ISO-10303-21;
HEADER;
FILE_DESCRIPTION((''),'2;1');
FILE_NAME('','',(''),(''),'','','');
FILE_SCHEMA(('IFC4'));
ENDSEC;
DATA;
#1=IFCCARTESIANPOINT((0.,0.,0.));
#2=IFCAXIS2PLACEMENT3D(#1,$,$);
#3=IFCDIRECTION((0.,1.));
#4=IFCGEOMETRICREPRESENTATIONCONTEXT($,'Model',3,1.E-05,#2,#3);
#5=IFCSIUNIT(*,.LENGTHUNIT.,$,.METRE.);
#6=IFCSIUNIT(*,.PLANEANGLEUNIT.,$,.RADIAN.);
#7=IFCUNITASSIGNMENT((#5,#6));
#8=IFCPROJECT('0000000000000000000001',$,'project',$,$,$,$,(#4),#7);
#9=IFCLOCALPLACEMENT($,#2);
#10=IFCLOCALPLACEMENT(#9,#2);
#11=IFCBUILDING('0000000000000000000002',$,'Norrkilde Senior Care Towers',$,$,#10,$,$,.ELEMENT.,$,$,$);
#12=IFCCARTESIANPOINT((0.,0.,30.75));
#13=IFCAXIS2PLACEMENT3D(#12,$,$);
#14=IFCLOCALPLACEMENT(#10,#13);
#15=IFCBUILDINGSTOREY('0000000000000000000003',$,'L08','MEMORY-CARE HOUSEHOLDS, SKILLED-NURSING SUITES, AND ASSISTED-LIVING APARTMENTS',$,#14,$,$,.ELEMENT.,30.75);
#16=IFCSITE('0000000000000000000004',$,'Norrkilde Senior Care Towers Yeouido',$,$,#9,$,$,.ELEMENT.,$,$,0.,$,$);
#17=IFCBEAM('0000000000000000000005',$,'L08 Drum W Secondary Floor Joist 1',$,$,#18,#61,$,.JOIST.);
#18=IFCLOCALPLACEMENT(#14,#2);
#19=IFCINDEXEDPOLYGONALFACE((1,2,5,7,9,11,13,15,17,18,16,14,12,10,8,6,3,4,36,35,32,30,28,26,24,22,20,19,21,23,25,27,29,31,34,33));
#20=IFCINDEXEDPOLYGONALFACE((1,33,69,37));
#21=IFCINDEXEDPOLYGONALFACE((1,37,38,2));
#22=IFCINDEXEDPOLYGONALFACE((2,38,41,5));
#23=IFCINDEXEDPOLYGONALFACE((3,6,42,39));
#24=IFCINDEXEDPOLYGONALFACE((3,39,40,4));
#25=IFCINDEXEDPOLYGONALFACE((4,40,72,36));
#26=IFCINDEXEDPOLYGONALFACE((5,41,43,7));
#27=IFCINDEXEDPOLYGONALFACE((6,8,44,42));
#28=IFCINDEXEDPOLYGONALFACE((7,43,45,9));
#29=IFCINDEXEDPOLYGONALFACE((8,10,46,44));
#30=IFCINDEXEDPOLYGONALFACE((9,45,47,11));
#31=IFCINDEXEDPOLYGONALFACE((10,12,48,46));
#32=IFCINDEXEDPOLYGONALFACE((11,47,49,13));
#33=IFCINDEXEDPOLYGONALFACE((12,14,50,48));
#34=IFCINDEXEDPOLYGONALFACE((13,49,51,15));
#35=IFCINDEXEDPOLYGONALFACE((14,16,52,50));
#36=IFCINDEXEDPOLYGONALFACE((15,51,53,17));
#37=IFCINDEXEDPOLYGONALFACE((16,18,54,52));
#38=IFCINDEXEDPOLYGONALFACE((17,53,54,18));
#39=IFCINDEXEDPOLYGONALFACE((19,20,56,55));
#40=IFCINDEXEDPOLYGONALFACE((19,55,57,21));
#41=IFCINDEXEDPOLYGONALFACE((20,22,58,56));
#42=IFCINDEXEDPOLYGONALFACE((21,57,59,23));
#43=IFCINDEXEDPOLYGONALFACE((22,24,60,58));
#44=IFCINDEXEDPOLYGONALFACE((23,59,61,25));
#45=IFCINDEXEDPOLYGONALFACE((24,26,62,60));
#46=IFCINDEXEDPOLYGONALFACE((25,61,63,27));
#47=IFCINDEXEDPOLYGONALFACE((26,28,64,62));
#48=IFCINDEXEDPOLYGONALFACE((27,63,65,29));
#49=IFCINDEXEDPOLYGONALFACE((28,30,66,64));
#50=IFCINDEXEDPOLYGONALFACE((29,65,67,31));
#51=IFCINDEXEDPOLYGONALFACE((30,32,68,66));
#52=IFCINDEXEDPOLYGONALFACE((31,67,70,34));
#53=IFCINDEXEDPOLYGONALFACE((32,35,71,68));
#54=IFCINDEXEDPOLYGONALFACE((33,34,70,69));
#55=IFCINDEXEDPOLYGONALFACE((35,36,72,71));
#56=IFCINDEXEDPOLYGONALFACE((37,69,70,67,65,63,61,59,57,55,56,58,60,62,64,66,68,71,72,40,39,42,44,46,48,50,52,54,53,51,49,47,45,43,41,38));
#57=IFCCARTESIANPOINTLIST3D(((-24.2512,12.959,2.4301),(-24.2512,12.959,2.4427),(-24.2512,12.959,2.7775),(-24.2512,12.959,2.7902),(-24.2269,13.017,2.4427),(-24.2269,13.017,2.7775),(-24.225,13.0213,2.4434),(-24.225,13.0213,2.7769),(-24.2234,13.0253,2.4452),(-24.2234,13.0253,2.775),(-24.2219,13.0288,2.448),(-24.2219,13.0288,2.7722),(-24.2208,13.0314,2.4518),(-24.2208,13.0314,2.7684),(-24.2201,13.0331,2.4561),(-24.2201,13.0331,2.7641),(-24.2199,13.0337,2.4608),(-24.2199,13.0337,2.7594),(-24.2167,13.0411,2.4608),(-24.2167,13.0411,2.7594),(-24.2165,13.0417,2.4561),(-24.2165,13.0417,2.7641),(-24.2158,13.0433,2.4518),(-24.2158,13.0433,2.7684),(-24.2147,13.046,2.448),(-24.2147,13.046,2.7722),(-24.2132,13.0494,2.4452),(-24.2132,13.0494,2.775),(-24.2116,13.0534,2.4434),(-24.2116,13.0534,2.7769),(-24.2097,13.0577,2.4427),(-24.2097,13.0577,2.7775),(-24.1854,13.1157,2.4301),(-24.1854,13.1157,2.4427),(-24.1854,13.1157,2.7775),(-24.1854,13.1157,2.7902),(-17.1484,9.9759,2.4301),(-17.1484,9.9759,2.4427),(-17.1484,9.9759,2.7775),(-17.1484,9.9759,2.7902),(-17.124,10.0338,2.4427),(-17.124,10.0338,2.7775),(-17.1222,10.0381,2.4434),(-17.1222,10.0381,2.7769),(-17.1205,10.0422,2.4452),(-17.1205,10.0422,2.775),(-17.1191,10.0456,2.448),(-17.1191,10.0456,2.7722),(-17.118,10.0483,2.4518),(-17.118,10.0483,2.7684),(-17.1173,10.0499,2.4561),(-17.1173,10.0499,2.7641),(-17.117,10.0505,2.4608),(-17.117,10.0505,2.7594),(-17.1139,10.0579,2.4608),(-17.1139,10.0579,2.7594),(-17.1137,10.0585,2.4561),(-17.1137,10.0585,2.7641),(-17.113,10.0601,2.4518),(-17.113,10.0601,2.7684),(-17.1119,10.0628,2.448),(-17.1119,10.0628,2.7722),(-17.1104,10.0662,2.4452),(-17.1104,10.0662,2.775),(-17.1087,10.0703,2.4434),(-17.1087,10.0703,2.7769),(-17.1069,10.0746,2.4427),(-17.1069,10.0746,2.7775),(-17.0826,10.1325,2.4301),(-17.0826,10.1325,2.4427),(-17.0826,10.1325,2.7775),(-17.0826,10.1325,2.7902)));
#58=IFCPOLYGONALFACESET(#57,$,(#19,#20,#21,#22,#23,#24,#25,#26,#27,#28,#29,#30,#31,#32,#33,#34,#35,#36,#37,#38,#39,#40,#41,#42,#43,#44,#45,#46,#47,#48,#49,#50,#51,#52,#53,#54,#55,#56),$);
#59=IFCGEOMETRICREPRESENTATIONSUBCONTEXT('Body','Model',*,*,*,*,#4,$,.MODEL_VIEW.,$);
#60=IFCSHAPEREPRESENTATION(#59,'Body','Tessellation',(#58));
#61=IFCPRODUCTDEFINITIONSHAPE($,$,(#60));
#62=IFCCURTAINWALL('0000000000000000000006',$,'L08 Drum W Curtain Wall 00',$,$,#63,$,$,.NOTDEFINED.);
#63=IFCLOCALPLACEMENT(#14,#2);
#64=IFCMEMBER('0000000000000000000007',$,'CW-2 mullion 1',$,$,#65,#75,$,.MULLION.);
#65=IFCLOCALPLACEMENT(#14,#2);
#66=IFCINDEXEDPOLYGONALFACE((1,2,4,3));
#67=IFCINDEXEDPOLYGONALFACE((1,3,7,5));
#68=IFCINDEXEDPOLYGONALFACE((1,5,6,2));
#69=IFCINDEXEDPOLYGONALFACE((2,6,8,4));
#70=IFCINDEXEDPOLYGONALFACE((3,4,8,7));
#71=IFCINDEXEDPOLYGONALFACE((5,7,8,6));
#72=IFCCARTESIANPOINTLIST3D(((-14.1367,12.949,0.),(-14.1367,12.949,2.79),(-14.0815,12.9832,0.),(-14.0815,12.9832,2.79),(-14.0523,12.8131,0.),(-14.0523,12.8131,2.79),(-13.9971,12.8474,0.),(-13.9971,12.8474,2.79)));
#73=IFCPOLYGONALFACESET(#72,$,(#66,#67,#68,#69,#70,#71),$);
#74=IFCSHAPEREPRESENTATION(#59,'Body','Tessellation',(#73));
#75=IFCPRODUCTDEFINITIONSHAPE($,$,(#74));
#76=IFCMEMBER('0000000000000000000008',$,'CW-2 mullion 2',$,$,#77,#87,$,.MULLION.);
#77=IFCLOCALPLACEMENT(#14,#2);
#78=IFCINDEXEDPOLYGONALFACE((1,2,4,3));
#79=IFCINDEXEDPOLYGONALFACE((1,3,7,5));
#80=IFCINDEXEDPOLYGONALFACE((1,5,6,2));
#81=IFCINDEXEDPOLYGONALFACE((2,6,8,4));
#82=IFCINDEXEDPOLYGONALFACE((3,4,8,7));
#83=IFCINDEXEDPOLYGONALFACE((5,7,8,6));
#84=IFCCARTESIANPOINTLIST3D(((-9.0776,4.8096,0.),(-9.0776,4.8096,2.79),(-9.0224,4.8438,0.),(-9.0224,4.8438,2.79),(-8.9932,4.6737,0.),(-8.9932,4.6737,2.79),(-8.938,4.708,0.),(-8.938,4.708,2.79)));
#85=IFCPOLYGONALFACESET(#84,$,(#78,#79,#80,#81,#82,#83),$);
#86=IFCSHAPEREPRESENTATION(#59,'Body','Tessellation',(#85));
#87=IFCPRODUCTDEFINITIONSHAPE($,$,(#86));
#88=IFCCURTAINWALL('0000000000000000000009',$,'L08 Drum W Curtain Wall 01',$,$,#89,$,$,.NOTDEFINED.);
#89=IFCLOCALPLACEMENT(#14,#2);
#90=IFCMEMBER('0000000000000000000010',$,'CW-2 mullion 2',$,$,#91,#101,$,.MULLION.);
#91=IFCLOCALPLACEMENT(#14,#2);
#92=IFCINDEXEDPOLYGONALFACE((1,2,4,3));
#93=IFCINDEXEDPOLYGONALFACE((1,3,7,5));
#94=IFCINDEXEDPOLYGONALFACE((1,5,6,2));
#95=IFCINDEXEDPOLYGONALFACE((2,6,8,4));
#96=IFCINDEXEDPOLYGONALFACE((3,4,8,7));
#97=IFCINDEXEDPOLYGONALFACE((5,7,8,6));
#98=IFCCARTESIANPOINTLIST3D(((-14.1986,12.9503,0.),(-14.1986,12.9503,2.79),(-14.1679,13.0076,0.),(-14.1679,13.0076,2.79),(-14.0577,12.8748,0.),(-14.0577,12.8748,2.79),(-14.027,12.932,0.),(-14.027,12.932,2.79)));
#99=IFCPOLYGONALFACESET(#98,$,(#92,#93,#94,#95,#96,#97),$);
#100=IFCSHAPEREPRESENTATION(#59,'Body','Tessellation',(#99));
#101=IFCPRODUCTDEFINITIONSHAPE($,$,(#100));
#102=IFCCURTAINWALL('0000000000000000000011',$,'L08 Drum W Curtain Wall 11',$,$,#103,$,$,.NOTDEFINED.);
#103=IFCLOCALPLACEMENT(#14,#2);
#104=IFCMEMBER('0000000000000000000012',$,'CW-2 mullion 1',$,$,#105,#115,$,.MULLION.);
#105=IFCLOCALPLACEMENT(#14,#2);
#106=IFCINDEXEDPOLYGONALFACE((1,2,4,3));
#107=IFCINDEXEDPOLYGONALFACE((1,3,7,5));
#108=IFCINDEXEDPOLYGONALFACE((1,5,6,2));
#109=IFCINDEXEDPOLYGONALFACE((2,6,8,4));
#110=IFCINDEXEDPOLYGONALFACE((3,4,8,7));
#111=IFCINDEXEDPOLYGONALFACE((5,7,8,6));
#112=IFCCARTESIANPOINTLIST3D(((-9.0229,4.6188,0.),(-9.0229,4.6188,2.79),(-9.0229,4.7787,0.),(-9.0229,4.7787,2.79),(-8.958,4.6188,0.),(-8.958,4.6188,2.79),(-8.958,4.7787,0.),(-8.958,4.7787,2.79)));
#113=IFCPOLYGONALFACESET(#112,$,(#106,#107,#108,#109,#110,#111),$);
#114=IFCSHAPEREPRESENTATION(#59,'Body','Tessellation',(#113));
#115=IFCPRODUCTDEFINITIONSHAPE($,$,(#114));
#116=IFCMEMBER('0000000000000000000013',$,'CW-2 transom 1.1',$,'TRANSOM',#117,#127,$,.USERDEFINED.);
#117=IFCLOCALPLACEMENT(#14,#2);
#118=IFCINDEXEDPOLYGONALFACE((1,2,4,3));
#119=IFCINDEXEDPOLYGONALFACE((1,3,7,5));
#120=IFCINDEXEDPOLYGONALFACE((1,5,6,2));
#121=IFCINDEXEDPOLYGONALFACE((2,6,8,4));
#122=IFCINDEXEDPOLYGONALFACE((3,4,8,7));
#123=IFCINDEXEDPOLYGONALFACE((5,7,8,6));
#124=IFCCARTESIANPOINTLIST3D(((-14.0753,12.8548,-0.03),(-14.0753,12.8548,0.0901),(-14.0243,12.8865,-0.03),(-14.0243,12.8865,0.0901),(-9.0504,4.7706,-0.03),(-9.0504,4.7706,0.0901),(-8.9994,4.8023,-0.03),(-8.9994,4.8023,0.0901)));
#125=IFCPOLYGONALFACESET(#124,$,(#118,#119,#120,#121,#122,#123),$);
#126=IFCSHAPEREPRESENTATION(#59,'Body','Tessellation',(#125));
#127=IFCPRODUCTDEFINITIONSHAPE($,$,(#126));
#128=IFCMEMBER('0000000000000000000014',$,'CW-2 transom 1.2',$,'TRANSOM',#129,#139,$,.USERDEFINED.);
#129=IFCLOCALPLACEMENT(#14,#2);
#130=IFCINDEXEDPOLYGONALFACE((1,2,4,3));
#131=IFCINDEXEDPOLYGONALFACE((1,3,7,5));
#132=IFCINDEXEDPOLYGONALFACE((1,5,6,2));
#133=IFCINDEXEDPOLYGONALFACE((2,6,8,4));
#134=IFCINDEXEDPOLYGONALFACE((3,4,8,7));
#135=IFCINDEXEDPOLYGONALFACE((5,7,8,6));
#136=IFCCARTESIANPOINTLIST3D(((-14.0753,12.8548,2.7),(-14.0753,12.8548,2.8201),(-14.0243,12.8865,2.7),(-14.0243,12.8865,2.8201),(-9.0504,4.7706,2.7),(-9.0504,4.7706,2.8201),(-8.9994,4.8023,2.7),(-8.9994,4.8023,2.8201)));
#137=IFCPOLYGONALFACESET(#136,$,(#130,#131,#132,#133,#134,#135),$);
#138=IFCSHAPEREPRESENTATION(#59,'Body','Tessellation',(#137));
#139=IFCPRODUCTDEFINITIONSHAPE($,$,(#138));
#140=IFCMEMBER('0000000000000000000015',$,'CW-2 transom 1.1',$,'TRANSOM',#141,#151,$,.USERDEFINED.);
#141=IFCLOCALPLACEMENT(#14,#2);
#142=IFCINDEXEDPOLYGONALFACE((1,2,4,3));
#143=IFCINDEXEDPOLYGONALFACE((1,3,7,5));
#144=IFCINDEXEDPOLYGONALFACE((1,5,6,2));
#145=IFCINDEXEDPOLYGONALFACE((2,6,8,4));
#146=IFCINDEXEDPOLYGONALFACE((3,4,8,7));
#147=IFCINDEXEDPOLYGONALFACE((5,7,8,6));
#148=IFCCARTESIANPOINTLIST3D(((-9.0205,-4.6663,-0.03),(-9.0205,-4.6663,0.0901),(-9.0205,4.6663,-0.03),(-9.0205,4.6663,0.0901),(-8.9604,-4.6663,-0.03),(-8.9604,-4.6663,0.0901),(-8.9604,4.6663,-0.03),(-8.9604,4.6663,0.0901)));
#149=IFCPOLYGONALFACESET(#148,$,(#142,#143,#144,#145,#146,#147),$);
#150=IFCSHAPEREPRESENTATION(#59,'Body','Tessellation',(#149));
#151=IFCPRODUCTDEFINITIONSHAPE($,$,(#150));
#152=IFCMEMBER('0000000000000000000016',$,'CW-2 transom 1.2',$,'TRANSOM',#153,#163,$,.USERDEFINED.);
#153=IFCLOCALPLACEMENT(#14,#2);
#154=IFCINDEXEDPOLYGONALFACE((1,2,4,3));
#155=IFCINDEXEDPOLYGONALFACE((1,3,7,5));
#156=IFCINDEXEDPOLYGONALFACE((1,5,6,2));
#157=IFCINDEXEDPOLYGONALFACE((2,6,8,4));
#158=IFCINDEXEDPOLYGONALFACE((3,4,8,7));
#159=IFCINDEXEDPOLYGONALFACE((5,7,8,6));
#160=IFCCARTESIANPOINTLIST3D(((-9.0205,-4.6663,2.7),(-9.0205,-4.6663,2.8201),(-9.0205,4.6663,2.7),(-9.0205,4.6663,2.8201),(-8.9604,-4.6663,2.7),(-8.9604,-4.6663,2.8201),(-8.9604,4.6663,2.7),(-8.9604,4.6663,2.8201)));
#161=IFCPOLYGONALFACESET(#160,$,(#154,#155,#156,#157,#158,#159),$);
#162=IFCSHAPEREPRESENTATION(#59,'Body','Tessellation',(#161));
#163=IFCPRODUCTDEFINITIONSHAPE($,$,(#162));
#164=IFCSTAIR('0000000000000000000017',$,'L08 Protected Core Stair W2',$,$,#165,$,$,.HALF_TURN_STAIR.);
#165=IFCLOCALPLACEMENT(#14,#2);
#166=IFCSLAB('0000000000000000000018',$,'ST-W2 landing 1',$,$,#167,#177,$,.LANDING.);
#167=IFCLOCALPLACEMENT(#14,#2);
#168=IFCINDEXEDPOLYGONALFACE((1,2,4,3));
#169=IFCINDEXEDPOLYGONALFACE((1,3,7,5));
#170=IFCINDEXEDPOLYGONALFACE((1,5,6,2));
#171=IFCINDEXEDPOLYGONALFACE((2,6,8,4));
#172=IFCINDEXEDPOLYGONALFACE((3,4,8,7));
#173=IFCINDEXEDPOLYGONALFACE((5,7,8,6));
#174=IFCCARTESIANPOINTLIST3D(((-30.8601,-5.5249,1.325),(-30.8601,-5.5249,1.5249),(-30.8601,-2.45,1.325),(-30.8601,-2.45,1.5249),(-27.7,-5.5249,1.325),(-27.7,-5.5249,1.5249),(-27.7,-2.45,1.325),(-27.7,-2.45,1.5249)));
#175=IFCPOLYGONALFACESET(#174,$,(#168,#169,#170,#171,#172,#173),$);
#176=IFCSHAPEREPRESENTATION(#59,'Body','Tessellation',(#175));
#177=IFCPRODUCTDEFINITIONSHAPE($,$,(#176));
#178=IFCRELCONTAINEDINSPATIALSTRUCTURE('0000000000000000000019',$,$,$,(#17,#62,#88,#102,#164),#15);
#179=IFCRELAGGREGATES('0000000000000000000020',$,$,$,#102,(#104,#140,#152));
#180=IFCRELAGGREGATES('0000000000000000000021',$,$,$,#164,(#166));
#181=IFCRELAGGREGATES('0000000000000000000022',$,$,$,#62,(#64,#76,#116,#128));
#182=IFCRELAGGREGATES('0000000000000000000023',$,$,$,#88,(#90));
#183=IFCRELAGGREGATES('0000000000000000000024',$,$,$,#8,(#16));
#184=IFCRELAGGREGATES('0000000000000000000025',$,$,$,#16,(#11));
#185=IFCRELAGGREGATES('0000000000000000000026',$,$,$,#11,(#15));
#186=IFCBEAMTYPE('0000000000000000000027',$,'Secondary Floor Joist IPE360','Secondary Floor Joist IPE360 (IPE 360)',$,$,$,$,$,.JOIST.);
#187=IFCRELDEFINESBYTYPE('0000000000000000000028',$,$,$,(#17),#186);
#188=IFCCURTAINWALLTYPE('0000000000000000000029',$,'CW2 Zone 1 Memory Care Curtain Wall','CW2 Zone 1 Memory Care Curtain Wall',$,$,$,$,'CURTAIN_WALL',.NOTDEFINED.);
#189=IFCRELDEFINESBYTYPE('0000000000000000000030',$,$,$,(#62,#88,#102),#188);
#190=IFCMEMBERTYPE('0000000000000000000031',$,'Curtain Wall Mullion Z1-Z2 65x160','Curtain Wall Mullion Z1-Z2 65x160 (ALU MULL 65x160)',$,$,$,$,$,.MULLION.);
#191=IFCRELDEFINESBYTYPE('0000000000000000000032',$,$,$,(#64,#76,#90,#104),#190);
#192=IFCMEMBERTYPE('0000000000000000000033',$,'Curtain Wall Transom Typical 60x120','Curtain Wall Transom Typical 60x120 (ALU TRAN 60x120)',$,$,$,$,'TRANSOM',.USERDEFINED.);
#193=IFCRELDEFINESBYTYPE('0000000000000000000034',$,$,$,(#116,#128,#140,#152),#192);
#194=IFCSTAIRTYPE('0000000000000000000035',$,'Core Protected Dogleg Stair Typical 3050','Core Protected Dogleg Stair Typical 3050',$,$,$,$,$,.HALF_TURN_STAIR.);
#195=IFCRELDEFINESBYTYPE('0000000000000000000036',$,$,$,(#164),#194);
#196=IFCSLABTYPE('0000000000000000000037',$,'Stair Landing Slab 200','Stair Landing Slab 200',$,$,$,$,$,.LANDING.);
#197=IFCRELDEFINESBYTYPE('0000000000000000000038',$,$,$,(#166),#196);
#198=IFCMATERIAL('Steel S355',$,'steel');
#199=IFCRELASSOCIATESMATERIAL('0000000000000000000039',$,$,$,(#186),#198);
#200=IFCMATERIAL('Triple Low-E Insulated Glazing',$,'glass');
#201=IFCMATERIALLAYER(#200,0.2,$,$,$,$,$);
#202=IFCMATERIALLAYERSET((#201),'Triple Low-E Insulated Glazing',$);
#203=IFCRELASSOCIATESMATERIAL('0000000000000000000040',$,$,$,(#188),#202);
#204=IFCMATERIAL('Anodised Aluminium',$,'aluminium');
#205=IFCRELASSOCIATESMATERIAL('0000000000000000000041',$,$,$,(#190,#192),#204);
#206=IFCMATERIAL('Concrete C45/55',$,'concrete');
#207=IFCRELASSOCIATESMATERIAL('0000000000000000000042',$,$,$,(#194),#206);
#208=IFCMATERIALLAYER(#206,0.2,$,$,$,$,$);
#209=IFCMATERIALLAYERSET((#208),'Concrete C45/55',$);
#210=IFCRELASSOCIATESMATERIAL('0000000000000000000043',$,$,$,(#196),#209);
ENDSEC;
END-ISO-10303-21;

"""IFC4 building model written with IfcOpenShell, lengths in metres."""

from ifc_helpers import new_model, si_unit, direction, frame, origin, origin_2d, place, context, subcontext, project, spatial, polyline, rectangle, i_section, outline, extrude, source, transform, mapped, material, layer, layer_set, material_profile, profile_set, type_object, type_shapes, element, aggregate, save


model = new_model("IFC4")

# Units and contexts
model_context = context("Model", 3, precision=1e-05, world=origin(), true_north=direction((0.0, 1.0)))
body_context = subcontext(model_context, "Body", "Model", "MODEL_VIEW")
ifc_project = project(units=[si_unit("LENGTHUNIT", "METRE"), si_unit("PLANEANGLEUNIT", "RADIAN")], contexts=[model_context])

# Site, building, storey
site_placement = place(None, origin())
site = spatial("IfcSite", under=ifc_project, at=site_placement, Name="Norrkilde Senior Care Towers Yeouido", CompositionType="ELEMENT", RefElevation=0.0)
building_placement = place(site_placement, origin())
building = spatial("IfcBuilding", under=site, at=building_placement, Name="Norrkilde Senior Care Towers", CompositionType="ELEMENT")
storey_placement = place(building_placement, frame((0.0, 0.0, 30.75)))
storey = spatial("IfcBuildingStorey", under=building, at=storey_placement, Name="L08", Description="MEMORY-CARE HOUSEHOLDS, SKILLED-NURSING SUITES, AND ASSISTED-LIVING APARTMENTS", CompositionType="ELEMENT", Elevation=30.75)

# Beam
ifc_material_1 = material(Name="Steel S355", Category="steel")
ifc_material_profile_1 = material_profile(ifc_material_1, i_section(OverallWidth=0.1699, OverallDepth=0.3601, WebThickness=0.0081, FlangeThickness=0.0127, FilletRadius=0.0181, at=origin_2d()), Name="IPE 360")
ifc_profile_set_1 = profile_set([ifc_material_profile_1], Name="Steel S355")
beam_type_1 = type_object("IfcBeamType", Name="Secondary Floor Joist IPE360", Description="Secondary Floor Joist IPE360 (IPE 360)", PredefinedType="JOIST", material=ifc_profile_set_1)
shared_shape_1 = source(origin(), body_context, "Body", "SweptSolid", [
    extrude(i_section(OverallWidth=0.1699, OverallDepth=0.3601, WebThickness=0.0081, FlangeThickness=0.0127, FilletRadius=0.0181, at=origin_2d()), origin(), (0.0, 0.0, 1.0), 7.7039),
])
type_shapes(beam_type_1, [shared_shape_1])
beam_1_placement = place(storey_placement, frame((-17.1155, 10.0542, 2.6101), z_axis=(-0.921983, 0.387231, 0.0), x_axis=(-0.387231, -0.921983, 0.0)))
element("IfcBeam", 1, at=beam_1_placement, inside=storey, type_object=beam_type_1, Name="L08 Drum W Secondary Floor Joist 1", PredefinedType="JOIST", context=body_context, shape_type="MappedRepresentation", body=[
    mapped(shared_shape_1, transform((0.0, 0.0, 0.0), x_axis=(1.0, 0.0, 0.0), y_axis=(0.0, 1.0, 0.0), z_axis=(0.0, 0.0, 1.0), scale=1.0)),
])

# Curtain wall, members
ifc_material_2 = material(Name="Triple Low-E Insulated Glazing", Category="glass")
ifc_layer_1 = layer(ifc_material_2, 0.2)
ifc_layer_set_1 = layer_set([ifc_layer_1], Name="Triple Low-E Insulated Glazing")
curtain_wall_type = type_object("IfcCurtainWallType", Name="CW2 Zone 1 Memory Care Curtain Wall", Description="CW2 Zone 1 Memory Care Curtain Wall", ElementType="CURTAIN_WALL", PredefinedType="NOTDEFINED", material=ifc_layer_set_1)
curtain_wall_1_placement = place(storey_placement, origin())
curtain_wall_1 = element("IfcCurtainWall", 2, at=curtain_wall_1_placement, inside=storey, type_object=curtain_wall_type, Name="L08 Drum W Curtain Wall 00", PredefinedType="NOTDEFINED")
ifc_material_3 = material(Name="Anodised Aluminium", Category="aluminium")
ifc_material_profile_2 = material_profile(ifc_material_3, rectangle(XDim=0.0649, YDim=0.1599, at=origin_2d()), Name="ALU MULL 65x160")
ifc_profile_set_2 = profile_set([ifc_material_profile_2], Name="Anodised Aluminium")
member_type_1 = type_object("IfcMemberType", Name="Curtain Wall Mullion Z1-Z2 65x160", Description="Curtain Wall Mullion Z1-Z2 65x160 (ALU MULL 65x160)", PredefinedType="MULLION", material=ifc_profile_set_2)
shared_shape_2 = source(origin(), body_context, "Body", "SweptSolid", [
    extrude(rectangle(XDim=0.0649, YDim=0.1599, at=origin_2d()), origin(), (0.0, 0.0, 1.0), 2.79),
])
type_shapes(member_type_1, [shared_shape_2])
member_1_placement = place(storey_placement, frame((-14.0669, 12.8982, 0.0), z_axis=(0.0, 0.0, 1.0), x_axis=(0.849306, 0.527901, 0.0)))
member_1 = element("IfcMember", 3, at=member_1_placement, type_object=member_type_1, Name="CW-2 mullion 1", PredefinedType="MULLION", context=body_context, shape_type="MappedRepresentation", body=[
    mapped(shared_shape_2, transform((0.0, 0.0, 0.0), x_axis=(1.0, 0.0, 0.0), y_axis=(0.0, 1.0, 0.0), z_axis=(0.0, 0.0, 1.0), scale=1.0)),
])
member_2_placement = place(storey_placement, frame((-9.0078, 4.7588, 0.0), z_axis=(0.0, 0.0, 1.0), x_axis=(0.849306, 0.527901, 0.0)))
member_2 = element("IfcMember", 4, at=member_2_placement, type_object=member_type_1, Name="CW-2 mullion 2", PredefinedType="MULLION", context=body_context, shape_type="MappedRepresentation", body=[
    mapped(shared_shape_2, transform((0.0, 0.0, 0.0), x_axis=(1.0, 0.0, 0.0), y_axis=(0.0, 1.0, 0.0), z_axis=(0.0, 0.0, 1.0), scale=1.0)),
])

# Curtain walls, members
curtain_wall_2_placement = place(storey_placement, origin())
curtain_wall_2 = element("IfcCurtainWall", 5, at=curtain_wall_2_placement, inside=storey, type_object=curtain_wall_type, Name="L08 Drum W Curtain Wall 01", PredefinedType="NOTDEFINED")
member_3_placement = place(storey_placement, frame((-14.1128, 12.9412, 0.0), z_axis=(0.0, 0.0, 1.0), x_axis=(0.472608, 0.881273, 0.0)))
member_3 = element("IfcMember", 6, at=member_3_placement, type_object=member_type_1, Name="CW-2 mullion 2", PredefinedType="MULLION", context=body_context, shape_type="MappedRepresentation", body=[
    mapped(shared_shape_2, transform((0.0, 0.0, 0.0), x_axis=(1.0, 0.0, 0.0), y_axis=(0.0, 1.0, 0.0), z_axis=(0.0, 0.0, 1.0), scale=1.0)),
])
curtain_wall_3_placement = place(storey_placement, origin())
curtain_wall_3 = element("IfcCurtainWall", 7, at=curtain_wall_3_placement, inside=storey, type_object=curtain_wall_type, Name="L08 Drum W Curtain Wall 11", PredefinedType="NOTDEFINED")
member_4_placement = place(storey_placement, frame((-8.9905, 4.6987, 0.0), z_axis=(0.0, 0.0, 1.0), x_axis=(1.0, 0.0, 0.0)))
member_4 = element("IfcMember", 8, at=member_4_placement, type_object=member_type_1, Name="CW-2 mullion 1", PredefinedType="MULLION", context=body_context, shape_type="MappedRepresentation", body=[
    mapped(shared_shape_2, transform((0.0, 0.0, 0.0), x_axis=(1.0, 0.0, 0.0), y_axis=(0.0, 1.0, 0.0), z_axis=(0.0, 0.0, 1.0), scale=1.0)),
])

# Members
ifc_material_profile_3 = material_profile(ifc_material_3, rectangle(XDim=0.0601, YDim=0.1201, at=origin_2d()), Name="ALU TRAN 60x120")
ifc_profile_set_3 = profile_set([ifc_material_profile_3], Name="Anodised Aluminium")
member_type_2 = type_object("IfcMemberType", Name="Curtain Wall Transom Typical 60x120", Description="Curtain Wall Transom Typical 60x120 (ALU TRAN 60x120)", ElementType="TRANSOM", PredefinedType="USERDEFINED", material=ifc_profile_set_3)
shared_shape_3 = source(origin(), body_context, "Body", "SweptSolid", [
    extrude(rectangle(XDim=0.0601, YDim=0.1201, at=origin_2d()), origin(), (0.0, 0.0, 1.0), 9.5186),
])
member_5_placement = place(storey_placement, frame((-14.0498, 12.8706, 0.03), z_axis=(0.527902, -0.849306, 0.0), x_axis=(0.849306, 0.527902, 0.0)))
member_5 = element("IfcMember", 9, at=member_5_placement, type_object=member_type_2, Name="CW-2 transom 1.1", ObjectType="TRANSOM", PredefinedType="USERDEFINED", context=body_context, shape_type="MappedRepresentation", body=[
    mapped(shared_shape_3, transform((0.0, 0.0, 0.0), x_axis=(1.0, 0.0, 0.0), y_axis=(0.0, 1.0, 0.0), z_axis=(0.0, 0.0, 1.0), scale=1.0)),
])
member_6_placement = place(storey_placement, frame((-14.0498, 12.8706, 2.76), z_axis=(0.527902, -0.849306, 0.0), x_axis=(0.849306, 0.527902, 0.0)))
member_6 = element("IfcMember", 10, at=member_6_placement, type_object=member_type_2, Name="CW-2 transom 1.2", ObjectType="TRANSOM", PredefinedType="USERDEFINED", context=body_context, shape_type="MappedRepresentation", body=[
    mapped(shared_shape_3, transform((0.0, 0.0, 0.0), x_axis=(1.0, 0.0, 0.0), y_axis=(0.0, 1.0, 0.0), z_axis=(0.0, 0.0, 1.0), scale=1.0)),
])
shared_shape_4 = source(origin(), body_context, "Body", "SweptSolid", [
    extrude(rectangle(XDim=0.0601, YDim=0.1201, at=origin_2d()), origin(), (0.0, 0.0, 1.0), 9.3325),
])
type_shapes(member_type_2, [shared_shape_3, shared_shape_4])
member_7_placement = place(storey_placement, frame((-8.9905, 4.6663, 0.03), z_axis=(0.0, -1.0, 0.0), x_axis=(1.0, 0.0, 0.0)))
member_7 = element("IfcMember", 11, at=member_7_placement, type_object=member_type_2, Name="CW-2 transom 1.1", ObjectType="TRANSOM", PredefinedType="USERDEFINED", context=body_context, shape_type="MappedRepresentation", body=[
    mapped(shared_shape_4, transform((0.0, 0.0, 0.0), x_axis=(1.0, 0.0, 0.0), y_axis=(0.0, 1.0, 0.0), z_axis=(0.0, 0.0, 1.0), scale=1.0)),
])
member_8_placement = place(storey_placement, frame((-8.9905, 4.6663, 2.76), z_axis=(0.0, -1.0, 0.0), x_axis=(1.0, 0.0, 0.0)))
member_8 = element("IfcMember", 12, at=member_8_placement, type_object=member_type_2, Name="CW-2 transom 1.2", ObjectType="TRANSOM", PredefinedType="USERDEFINED", context=body_context, shape_type="MappedRepresentation", body=[
    mapped(shared_shape_4, transform((0.0, 0.0, 0.0), x_axis=(1.0, 0.0, 0.0), y_axis=(0.0, 1.0, 0.0), z_axis=(0.0, 0.0, 1.0), scale=1.0)),
])
aggregate(curtain_wall_3, [member_4, member_7, member_8])

# Stair, slab
ifc_material_4 = material(Name="Concrete C45/55", Category="concrete")
stair_type = type_object("IfcStairType", Name="Core Protected Dogleg Stair Typical 3050", Description="Core Protected Dogleg Stair Typical 3050", PredefinedType="HALF_TURN_STAIR", material=ifc_material_4)
stair_placement = place(storey_placement, origin())
stair = element("IfcStair", 13, at=stair_placement, inside=storey, type_object=stair_type, Name="L08 Protected Core Stair W2", PredefinedType="HALF_TURN_STAIR")
ifc_layer_2 = layer(ifc_material_4, 0.2)
ifc_layer_set_2 = layer_set([ifc_layer_2], Name="Concrete C45/55")
slab_type = type_object("IfcSlabType", Name="Stair Landing Slab 200", Description="Stair Landing Slab 200", PredefinedType="LANDING", material=ifc_layer_set_2)
slab_placement = place(storey_placement, frame((0.0, 0.0, 1.325)))
slab = element("IfcSlab", 14, at=slab_placement, type_object=slab_type, Name="ST-W2 landing 1", PredefinedType="LANDING", context=body_context, shape_type="SweptSolid", body=[
    extrude(outline(polyline([(-30.8601, -5.5249), (-27.7, -5.5249), (-27.7, -2.45), (-30.8601, -2.45), (-30.8601, -5.5249)])), origin(), (0.0, 0.0, 1.0), 0.2),
])
aggregate(stair, [slab])

aggregate(curtain_wall_1, [member_1, member_2, member_5, member_6])
aggregate(curtain_wall_2, [member_3])

save(model, "model.ifc")
